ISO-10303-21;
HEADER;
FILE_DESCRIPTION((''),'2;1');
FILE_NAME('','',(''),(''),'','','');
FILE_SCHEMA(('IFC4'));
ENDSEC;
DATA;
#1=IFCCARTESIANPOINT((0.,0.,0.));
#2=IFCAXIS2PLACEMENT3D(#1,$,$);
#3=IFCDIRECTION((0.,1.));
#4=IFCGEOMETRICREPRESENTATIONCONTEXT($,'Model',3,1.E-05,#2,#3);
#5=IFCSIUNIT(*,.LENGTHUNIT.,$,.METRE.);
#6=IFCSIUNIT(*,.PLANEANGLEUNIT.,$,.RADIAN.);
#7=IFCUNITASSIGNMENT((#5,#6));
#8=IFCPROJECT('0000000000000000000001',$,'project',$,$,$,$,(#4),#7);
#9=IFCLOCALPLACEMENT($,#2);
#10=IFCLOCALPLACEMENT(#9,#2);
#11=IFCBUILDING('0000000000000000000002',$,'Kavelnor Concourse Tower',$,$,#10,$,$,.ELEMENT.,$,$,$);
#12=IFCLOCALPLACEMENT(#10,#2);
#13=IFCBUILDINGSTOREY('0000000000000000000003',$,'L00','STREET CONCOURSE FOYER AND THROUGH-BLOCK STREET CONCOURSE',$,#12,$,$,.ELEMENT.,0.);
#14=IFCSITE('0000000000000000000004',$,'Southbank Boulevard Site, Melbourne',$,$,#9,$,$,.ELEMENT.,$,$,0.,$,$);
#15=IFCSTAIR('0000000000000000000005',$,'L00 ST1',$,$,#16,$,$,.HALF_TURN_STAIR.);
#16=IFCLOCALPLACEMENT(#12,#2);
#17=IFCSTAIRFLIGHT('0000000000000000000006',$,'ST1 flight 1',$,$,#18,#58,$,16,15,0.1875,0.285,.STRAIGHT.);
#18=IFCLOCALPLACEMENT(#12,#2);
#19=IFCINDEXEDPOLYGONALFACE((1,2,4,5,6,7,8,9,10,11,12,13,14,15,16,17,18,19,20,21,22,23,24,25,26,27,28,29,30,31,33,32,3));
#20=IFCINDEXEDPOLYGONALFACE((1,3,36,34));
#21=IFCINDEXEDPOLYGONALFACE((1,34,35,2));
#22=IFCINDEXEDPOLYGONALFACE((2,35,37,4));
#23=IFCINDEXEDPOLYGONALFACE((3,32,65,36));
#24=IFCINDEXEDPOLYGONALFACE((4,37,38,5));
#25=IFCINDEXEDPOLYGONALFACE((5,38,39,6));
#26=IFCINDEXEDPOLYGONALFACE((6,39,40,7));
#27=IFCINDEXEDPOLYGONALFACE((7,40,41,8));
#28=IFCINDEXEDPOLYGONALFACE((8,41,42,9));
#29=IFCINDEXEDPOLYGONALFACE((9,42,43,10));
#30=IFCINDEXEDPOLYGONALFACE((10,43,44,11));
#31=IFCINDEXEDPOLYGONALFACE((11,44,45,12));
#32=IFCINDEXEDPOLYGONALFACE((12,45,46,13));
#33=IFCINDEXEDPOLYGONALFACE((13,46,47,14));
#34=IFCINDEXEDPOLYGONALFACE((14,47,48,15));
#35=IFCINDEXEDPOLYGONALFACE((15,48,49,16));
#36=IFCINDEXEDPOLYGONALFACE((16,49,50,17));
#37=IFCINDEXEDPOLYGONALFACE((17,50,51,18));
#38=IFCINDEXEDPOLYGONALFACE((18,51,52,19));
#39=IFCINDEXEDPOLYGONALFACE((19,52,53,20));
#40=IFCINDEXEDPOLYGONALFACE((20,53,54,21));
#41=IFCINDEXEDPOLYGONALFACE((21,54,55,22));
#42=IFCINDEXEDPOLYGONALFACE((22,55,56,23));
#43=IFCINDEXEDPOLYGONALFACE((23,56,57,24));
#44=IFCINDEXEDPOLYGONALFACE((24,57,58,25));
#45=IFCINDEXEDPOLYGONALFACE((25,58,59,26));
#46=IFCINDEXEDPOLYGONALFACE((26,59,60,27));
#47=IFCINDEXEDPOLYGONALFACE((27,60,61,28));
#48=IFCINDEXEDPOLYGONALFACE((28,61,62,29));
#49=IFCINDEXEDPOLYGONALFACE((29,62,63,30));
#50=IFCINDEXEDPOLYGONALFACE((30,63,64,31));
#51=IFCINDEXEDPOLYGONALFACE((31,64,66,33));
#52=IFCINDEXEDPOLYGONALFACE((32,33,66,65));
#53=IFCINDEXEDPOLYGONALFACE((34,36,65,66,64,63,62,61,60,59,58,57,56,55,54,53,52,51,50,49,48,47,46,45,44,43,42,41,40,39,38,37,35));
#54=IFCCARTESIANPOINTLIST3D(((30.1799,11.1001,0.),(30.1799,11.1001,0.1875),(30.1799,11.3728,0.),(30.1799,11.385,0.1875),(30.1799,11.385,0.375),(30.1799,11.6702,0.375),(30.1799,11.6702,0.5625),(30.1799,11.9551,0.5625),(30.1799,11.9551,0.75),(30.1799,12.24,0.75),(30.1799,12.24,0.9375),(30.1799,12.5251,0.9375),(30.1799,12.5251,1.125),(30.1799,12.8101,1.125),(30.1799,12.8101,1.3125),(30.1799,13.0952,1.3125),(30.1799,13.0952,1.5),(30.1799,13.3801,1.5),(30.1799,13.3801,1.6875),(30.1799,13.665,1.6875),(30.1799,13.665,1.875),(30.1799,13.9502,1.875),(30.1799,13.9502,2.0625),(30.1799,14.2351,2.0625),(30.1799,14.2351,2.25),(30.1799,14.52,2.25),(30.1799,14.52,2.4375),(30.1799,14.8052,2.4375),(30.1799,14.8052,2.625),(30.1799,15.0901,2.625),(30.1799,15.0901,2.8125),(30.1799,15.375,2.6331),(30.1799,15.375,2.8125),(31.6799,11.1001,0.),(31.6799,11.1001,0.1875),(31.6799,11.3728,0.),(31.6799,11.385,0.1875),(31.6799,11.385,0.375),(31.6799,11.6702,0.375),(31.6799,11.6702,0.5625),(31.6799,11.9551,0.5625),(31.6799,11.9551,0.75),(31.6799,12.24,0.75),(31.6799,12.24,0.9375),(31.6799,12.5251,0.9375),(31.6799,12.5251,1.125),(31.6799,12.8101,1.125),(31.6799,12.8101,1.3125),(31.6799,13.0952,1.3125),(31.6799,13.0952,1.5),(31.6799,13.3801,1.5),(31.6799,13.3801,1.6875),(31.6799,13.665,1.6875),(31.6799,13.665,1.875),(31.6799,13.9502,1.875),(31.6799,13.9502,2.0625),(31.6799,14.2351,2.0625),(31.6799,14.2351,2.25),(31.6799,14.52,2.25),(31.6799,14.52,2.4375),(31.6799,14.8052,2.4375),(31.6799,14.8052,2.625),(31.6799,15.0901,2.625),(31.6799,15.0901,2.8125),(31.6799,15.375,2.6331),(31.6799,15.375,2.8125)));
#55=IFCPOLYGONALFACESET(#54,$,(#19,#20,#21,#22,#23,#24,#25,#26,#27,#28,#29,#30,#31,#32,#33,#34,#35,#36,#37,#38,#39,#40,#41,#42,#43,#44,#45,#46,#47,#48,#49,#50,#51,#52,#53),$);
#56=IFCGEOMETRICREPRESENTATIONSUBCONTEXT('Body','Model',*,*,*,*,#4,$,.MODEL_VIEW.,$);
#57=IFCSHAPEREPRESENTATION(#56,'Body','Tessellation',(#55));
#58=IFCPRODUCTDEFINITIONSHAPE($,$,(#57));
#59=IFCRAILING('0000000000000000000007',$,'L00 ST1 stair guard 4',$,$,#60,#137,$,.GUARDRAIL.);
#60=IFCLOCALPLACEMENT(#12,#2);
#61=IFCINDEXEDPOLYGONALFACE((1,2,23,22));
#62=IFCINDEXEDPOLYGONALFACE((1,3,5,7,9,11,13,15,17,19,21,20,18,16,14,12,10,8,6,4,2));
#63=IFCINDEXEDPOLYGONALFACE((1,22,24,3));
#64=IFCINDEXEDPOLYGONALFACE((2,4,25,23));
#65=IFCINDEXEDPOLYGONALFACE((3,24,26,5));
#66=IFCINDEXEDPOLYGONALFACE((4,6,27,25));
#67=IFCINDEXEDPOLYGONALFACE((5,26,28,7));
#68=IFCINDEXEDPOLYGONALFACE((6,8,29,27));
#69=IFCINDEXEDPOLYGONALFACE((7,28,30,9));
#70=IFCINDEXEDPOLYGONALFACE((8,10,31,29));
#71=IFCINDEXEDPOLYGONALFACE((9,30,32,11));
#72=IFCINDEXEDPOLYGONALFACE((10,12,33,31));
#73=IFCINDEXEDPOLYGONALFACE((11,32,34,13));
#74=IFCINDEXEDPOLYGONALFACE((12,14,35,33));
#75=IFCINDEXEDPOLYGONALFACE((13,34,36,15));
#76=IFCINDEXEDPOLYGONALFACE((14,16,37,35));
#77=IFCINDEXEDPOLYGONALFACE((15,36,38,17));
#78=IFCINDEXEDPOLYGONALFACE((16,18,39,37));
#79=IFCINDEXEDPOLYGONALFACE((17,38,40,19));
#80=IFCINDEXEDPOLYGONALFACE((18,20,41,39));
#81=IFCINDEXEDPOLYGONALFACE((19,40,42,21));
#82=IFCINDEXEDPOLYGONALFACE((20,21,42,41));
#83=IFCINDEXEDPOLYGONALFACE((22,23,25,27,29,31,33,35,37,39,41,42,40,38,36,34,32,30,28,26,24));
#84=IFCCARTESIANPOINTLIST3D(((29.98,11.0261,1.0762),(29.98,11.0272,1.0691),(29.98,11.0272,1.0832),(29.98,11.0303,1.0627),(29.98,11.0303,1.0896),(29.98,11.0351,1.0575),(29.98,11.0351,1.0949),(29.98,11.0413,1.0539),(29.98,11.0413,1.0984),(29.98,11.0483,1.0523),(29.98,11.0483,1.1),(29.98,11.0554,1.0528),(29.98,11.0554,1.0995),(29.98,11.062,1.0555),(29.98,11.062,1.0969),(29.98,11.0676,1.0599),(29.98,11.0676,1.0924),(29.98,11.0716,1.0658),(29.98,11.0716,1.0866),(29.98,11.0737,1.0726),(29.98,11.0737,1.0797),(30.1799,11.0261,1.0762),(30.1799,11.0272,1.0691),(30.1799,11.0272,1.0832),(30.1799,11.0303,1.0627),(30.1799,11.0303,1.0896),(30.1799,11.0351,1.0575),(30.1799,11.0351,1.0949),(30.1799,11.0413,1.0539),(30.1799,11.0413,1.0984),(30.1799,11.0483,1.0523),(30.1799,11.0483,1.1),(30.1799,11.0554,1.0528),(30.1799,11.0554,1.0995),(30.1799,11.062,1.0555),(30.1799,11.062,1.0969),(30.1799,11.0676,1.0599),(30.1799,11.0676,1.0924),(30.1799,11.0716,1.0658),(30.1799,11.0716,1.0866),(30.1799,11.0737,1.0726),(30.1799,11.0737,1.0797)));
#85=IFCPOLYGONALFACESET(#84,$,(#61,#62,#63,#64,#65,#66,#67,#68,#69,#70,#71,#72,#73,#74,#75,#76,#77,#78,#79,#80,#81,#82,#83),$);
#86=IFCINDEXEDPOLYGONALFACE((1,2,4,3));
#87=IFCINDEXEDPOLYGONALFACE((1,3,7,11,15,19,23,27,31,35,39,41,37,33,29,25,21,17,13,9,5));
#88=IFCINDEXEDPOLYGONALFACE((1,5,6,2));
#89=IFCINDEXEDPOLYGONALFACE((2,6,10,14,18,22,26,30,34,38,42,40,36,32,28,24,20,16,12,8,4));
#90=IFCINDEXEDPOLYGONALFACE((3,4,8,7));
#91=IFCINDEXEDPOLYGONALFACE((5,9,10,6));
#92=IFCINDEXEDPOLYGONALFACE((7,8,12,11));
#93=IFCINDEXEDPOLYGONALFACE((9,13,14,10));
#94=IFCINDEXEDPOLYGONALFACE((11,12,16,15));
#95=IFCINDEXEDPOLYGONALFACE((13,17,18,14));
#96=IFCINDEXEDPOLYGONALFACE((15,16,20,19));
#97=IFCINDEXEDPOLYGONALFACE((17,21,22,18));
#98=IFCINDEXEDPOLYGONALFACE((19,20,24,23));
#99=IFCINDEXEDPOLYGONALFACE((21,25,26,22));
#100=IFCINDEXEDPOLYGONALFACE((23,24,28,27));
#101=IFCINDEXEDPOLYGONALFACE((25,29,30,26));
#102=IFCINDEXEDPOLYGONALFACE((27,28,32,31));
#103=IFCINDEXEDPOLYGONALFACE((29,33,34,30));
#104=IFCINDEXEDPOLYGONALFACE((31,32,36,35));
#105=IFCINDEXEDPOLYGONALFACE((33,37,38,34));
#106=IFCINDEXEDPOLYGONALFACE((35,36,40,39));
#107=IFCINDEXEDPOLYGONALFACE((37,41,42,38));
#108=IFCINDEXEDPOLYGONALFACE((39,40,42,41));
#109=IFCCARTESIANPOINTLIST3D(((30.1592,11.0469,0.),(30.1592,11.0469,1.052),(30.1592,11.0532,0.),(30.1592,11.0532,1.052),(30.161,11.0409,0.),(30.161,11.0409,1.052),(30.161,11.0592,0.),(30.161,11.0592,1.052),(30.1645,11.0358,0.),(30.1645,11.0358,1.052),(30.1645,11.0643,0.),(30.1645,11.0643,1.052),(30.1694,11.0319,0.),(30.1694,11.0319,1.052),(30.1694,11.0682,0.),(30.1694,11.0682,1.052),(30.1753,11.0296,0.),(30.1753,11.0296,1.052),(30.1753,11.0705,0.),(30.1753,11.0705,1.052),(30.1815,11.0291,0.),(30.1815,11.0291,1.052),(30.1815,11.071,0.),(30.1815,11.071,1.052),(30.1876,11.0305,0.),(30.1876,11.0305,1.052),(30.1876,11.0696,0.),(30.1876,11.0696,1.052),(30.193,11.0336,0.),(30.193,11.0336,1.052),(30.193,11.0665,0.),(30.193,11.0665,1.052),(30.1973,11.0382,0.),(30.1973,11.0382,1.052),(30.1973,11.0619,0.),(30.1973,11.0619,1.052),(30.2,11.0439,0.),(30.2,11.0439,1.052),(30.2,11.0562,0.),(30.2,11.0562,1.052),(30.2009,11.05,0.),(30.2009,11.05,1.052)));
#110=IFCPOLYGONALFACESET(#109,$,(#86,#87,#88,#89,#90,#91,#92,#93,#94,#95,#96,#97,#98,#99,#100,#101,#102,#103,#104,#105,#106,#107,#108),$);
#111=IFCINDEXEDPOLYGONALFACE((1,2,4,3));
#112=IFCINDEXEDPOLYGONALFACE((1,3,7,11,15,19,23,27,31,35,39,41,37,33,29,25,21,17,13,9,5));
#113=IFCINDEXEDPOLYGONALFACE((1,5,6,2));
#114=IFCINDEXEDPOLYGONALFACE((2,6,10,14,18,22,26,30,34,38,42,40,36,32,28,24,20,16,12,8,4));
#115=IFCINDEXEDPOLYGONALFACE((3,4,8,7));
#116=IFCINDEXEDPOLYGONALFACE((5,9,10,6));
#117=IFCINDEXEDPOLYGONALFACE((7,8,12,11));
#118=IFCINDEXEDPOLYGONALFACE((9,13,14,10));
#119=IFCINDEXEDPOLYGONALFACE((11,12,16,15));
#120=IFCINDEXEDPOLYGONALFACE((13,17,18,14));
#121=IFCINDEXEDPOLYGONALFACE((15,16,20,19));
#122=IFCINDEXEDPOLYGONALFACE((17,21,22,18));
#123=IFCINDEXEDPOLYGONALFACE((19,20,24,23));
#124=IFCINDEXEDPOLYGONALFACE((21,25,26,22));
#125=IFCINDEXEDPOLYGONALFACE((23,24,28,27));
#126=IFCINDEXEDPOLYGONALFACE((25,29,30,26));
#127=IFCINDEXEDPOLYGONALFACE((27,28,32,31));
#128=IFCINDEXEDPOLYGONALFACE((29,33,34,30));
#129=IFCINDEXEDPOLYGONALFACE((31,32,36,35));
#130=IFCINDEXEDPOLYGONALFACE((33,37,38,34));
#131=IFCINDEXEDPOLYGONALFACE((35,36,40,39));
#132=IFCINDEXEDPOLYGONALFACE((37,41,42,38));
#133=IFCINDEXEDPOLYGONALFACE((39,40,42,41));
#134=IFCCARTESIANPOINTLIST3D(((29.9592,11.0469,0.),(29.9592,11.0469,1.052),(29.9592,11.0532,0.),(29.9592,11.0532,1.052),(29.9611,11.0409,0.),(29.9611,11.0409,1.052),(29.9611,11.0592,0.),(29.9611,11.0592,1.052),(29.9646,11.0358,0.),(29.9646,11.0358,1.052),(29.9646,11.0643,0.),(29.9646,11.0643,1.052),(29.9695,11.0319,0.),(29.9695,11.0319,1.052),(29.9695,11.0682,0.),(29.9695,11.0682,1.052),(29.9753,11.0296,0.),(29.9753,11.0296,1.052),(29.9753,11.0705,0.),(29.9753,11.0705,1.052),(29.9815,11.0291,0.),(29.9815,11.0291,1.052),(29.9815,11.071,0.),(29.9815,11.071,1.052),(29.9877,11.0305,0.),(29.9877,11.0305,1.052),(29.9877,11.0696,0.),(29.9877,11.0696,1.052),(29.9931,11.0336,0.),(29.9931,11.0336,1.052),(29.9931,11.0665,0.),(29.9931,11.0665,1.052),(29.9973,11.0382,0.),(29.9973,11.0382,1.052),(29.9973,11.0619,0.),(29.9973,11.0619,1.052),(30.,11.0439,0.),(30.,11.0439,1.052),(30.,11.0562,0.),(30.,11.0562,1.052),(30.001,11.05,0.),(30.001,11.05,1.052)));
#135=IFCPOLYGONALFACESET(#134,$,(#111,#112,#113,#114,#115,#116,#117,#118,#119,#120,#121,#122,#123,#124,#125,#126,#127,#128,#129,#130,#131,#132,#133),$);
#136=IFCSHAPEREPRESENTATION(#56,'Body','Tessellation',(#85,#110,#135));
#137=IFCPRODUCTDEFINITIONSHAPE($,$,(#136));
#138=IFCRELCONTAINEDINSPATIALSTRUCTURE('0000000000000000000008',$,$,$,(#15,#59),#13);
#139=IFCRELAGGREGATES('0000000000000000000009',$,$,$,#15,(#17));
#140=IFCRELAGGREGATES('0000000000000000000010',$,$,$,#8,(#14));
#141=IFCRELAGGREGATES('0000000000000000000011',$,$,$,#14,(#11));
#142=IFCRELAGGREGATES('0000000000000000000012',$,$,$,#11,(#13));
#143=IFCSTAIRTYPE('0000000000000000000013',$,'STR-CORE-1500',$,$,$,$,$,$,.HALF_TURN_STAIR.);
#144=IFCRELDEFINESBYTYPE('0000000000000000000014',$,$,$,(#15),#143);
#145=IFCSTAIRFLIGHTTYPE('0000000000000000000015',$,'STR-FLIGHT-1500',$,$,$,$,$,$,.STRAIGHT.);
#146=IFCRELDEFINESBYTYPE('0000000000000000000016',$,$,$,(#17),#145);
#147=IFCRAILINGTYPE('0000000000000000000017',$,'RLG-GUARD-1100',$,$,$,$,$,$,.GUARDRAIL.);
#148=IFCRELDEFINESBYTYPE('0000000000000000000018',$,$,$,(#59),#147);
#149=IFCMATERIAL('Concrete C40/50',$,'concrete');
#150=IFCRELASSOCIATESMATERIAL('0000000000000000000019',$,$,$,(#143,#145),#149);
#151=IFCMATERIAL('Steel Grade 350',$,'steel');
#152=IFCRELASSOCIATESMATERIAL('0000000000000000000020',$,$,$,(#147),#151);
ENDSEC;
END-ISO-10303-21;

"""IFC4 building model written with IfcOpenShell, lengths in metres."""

from ifc_helpers import new_model, si_unit, direction, frame, origin, origin_2d, place, context, subcontext, project, spatial, polyline, circle, outline, extrude, material, type_object, element, aggregate, save


model = new_model("IFC4")

# Units and contexts
model_context = context("Model", 3, precision=1e-05, world=origin(), true_north=direction((0.0, 1.0)))
body_context = subcontext(model_context, "Body", "Model", "MODEL_VIEW")
ifc_project = project(units=[si_unit("LENGTHUNIT", "METRE"), si_unit("PLANEANGLEUNIT", "RADIAN")], contexts=[model_context])

# Site, building, storey
site_placement = place(None, origin())
site = spatial("IfcSite", under=ifc_project, at=site_placement, Name="Southbank Boulevard Site, Melbourne", CompositionType="ELEMENT", RefElevation=0.0)
building_placement = place(site_placement, origin())
building = spatial("IfcBuilding", under=site, at=building_placement, Name="Kavelnor Concourse Tower", CompositionType="ELEMENT")
storey_placement = place(building_placement, origin())
storey = spatial("IfcBuildingStorey", under=building, at=storey_placement, Name="L00", Description="STREET CONCOURSE FOYER AND THROUGH-BLOCK STREET CONCOURSE", CompositionType="ELEMENT", Elevation=0.0)

# Shared definitions
ifc_material_1 = material(Name="Steel Grade 350", Category="steel")

# Stair, stair flight
ifc_material_2 = material(Name="Concrete C40/50", Category="concrete")
stair_type = type_object("IfcStairType", Name="STR-CORE-1500", PredefinedType="HALF_TURN_STAIR", material=ifc_material_2)
stair_placement = place(storey_placement, origin())
stair = element("IfcStair", 1, at=stair_placement, inside=storey, type_object=stair_type, Name="L00 ST1", PredefinedType="HALF_TURN_STAIR")
stair_flight_type = type_object("IfcStairFlightType", Name="STR-FLIGHT-1500", PredefinedType="STRAIGHT", material=ifc_material_2)
stair_flight_placement = place(storey_placement, frame((30.9299, 11.1001, 0.0), z_axis=(0.0, 0.0, 1.0), x_axis=(0.0, 1.0, 0.0)))
stair_flight = element("IfcStairFlight", 2, at=stair_flight_placement, type_object=stair_flight_type, Name="ST1 flight 1", NumberOfRisers=16, NumberOfTreads=15, PredefinedType="STRAIGHT", RiserHeight=0.1875, TreadLength=0.285, context=body_context, shape_type="SweptSolid", body=[
    extrude(outline(polyline([(0.0, 0.0), (0.0, 0.1875), (0.2849, 0.1875), (0.2849, 0.375), (0.5701, 0.375), (0.5701, 0.5625), (0.855, 0.5625), (0.855, 0.75), (1.1399, 0.75), (1.1399, 0.9375), (1.425, 0.9375), (1.425, 1.125), (1.71, 1.125), (1.71, 1.3125), (1.9951, 1.3125), (1.9951, 1.5), (2.28, 1.5), (2.28, 1.6875), (2.5649, 1.6875), (2.5649, 1.875), (2.8501, 1.875), (2.8501, 2.0625), (3.135, 2.0625), (3.135, 2.25), (3.4199, 2.25), (3.4199, 2.4375), (3.7051, 2.4375), (3.7051, 2.625), (3.99, 2.625), (3.99, 2.8125), (4.2749, 2.8125), (4.2749, 3.0), (4.2749, 2.6331), (0.2727, 0.0), (0.0, 0.0)])), frame((0.0, 0.75, 0.0), z_axis=(0.0, -1.0, 0.0), x_axis=(1.0, 0.0, 0.0)), (0.0, 0.0, 1.0), 1.5),
])
aggregate(stair, [stair_flight])

# Railing
railing_type_1 = type_object("IfcRailingType", Name="RLG-GUARD-1100", PredefinedType="GUARDRAIL", material=ifc_material_1)
railing_1_placement = place(storey_placement, frame((30.1799, 11.05, 0.0)))
element("IfcRailing", 3, at=railing_1_placement, inside=storey, type_object=railing_type_1, Name="L00 ST1 stair guard 4", PredefinedType="GUARDRAIL", context=body_context, shape_type="SweptSolid", body=[
    extrude(circle(Radius=0.0239, at=origin_2d()), frame((0.0, 0.0, 1.0762), z_axis=(-1.0, 0.0, 0.0), x_axis=(0.0, -1.0, 0.0)), (0.0, 0.0, 1.0), 0.2),
    extrude(circle(Radius=0.021, at=origin_2d()), origin(), (0.0, 0.0, 1.0), 1.052),
    extrude(circle(Radius=0.021, at=origin_2d()), frame((-0.2, 0.0, 0.0)), (0.0, 0.0, 1.0), 1.052),
])

save(model, "model.ifc")
